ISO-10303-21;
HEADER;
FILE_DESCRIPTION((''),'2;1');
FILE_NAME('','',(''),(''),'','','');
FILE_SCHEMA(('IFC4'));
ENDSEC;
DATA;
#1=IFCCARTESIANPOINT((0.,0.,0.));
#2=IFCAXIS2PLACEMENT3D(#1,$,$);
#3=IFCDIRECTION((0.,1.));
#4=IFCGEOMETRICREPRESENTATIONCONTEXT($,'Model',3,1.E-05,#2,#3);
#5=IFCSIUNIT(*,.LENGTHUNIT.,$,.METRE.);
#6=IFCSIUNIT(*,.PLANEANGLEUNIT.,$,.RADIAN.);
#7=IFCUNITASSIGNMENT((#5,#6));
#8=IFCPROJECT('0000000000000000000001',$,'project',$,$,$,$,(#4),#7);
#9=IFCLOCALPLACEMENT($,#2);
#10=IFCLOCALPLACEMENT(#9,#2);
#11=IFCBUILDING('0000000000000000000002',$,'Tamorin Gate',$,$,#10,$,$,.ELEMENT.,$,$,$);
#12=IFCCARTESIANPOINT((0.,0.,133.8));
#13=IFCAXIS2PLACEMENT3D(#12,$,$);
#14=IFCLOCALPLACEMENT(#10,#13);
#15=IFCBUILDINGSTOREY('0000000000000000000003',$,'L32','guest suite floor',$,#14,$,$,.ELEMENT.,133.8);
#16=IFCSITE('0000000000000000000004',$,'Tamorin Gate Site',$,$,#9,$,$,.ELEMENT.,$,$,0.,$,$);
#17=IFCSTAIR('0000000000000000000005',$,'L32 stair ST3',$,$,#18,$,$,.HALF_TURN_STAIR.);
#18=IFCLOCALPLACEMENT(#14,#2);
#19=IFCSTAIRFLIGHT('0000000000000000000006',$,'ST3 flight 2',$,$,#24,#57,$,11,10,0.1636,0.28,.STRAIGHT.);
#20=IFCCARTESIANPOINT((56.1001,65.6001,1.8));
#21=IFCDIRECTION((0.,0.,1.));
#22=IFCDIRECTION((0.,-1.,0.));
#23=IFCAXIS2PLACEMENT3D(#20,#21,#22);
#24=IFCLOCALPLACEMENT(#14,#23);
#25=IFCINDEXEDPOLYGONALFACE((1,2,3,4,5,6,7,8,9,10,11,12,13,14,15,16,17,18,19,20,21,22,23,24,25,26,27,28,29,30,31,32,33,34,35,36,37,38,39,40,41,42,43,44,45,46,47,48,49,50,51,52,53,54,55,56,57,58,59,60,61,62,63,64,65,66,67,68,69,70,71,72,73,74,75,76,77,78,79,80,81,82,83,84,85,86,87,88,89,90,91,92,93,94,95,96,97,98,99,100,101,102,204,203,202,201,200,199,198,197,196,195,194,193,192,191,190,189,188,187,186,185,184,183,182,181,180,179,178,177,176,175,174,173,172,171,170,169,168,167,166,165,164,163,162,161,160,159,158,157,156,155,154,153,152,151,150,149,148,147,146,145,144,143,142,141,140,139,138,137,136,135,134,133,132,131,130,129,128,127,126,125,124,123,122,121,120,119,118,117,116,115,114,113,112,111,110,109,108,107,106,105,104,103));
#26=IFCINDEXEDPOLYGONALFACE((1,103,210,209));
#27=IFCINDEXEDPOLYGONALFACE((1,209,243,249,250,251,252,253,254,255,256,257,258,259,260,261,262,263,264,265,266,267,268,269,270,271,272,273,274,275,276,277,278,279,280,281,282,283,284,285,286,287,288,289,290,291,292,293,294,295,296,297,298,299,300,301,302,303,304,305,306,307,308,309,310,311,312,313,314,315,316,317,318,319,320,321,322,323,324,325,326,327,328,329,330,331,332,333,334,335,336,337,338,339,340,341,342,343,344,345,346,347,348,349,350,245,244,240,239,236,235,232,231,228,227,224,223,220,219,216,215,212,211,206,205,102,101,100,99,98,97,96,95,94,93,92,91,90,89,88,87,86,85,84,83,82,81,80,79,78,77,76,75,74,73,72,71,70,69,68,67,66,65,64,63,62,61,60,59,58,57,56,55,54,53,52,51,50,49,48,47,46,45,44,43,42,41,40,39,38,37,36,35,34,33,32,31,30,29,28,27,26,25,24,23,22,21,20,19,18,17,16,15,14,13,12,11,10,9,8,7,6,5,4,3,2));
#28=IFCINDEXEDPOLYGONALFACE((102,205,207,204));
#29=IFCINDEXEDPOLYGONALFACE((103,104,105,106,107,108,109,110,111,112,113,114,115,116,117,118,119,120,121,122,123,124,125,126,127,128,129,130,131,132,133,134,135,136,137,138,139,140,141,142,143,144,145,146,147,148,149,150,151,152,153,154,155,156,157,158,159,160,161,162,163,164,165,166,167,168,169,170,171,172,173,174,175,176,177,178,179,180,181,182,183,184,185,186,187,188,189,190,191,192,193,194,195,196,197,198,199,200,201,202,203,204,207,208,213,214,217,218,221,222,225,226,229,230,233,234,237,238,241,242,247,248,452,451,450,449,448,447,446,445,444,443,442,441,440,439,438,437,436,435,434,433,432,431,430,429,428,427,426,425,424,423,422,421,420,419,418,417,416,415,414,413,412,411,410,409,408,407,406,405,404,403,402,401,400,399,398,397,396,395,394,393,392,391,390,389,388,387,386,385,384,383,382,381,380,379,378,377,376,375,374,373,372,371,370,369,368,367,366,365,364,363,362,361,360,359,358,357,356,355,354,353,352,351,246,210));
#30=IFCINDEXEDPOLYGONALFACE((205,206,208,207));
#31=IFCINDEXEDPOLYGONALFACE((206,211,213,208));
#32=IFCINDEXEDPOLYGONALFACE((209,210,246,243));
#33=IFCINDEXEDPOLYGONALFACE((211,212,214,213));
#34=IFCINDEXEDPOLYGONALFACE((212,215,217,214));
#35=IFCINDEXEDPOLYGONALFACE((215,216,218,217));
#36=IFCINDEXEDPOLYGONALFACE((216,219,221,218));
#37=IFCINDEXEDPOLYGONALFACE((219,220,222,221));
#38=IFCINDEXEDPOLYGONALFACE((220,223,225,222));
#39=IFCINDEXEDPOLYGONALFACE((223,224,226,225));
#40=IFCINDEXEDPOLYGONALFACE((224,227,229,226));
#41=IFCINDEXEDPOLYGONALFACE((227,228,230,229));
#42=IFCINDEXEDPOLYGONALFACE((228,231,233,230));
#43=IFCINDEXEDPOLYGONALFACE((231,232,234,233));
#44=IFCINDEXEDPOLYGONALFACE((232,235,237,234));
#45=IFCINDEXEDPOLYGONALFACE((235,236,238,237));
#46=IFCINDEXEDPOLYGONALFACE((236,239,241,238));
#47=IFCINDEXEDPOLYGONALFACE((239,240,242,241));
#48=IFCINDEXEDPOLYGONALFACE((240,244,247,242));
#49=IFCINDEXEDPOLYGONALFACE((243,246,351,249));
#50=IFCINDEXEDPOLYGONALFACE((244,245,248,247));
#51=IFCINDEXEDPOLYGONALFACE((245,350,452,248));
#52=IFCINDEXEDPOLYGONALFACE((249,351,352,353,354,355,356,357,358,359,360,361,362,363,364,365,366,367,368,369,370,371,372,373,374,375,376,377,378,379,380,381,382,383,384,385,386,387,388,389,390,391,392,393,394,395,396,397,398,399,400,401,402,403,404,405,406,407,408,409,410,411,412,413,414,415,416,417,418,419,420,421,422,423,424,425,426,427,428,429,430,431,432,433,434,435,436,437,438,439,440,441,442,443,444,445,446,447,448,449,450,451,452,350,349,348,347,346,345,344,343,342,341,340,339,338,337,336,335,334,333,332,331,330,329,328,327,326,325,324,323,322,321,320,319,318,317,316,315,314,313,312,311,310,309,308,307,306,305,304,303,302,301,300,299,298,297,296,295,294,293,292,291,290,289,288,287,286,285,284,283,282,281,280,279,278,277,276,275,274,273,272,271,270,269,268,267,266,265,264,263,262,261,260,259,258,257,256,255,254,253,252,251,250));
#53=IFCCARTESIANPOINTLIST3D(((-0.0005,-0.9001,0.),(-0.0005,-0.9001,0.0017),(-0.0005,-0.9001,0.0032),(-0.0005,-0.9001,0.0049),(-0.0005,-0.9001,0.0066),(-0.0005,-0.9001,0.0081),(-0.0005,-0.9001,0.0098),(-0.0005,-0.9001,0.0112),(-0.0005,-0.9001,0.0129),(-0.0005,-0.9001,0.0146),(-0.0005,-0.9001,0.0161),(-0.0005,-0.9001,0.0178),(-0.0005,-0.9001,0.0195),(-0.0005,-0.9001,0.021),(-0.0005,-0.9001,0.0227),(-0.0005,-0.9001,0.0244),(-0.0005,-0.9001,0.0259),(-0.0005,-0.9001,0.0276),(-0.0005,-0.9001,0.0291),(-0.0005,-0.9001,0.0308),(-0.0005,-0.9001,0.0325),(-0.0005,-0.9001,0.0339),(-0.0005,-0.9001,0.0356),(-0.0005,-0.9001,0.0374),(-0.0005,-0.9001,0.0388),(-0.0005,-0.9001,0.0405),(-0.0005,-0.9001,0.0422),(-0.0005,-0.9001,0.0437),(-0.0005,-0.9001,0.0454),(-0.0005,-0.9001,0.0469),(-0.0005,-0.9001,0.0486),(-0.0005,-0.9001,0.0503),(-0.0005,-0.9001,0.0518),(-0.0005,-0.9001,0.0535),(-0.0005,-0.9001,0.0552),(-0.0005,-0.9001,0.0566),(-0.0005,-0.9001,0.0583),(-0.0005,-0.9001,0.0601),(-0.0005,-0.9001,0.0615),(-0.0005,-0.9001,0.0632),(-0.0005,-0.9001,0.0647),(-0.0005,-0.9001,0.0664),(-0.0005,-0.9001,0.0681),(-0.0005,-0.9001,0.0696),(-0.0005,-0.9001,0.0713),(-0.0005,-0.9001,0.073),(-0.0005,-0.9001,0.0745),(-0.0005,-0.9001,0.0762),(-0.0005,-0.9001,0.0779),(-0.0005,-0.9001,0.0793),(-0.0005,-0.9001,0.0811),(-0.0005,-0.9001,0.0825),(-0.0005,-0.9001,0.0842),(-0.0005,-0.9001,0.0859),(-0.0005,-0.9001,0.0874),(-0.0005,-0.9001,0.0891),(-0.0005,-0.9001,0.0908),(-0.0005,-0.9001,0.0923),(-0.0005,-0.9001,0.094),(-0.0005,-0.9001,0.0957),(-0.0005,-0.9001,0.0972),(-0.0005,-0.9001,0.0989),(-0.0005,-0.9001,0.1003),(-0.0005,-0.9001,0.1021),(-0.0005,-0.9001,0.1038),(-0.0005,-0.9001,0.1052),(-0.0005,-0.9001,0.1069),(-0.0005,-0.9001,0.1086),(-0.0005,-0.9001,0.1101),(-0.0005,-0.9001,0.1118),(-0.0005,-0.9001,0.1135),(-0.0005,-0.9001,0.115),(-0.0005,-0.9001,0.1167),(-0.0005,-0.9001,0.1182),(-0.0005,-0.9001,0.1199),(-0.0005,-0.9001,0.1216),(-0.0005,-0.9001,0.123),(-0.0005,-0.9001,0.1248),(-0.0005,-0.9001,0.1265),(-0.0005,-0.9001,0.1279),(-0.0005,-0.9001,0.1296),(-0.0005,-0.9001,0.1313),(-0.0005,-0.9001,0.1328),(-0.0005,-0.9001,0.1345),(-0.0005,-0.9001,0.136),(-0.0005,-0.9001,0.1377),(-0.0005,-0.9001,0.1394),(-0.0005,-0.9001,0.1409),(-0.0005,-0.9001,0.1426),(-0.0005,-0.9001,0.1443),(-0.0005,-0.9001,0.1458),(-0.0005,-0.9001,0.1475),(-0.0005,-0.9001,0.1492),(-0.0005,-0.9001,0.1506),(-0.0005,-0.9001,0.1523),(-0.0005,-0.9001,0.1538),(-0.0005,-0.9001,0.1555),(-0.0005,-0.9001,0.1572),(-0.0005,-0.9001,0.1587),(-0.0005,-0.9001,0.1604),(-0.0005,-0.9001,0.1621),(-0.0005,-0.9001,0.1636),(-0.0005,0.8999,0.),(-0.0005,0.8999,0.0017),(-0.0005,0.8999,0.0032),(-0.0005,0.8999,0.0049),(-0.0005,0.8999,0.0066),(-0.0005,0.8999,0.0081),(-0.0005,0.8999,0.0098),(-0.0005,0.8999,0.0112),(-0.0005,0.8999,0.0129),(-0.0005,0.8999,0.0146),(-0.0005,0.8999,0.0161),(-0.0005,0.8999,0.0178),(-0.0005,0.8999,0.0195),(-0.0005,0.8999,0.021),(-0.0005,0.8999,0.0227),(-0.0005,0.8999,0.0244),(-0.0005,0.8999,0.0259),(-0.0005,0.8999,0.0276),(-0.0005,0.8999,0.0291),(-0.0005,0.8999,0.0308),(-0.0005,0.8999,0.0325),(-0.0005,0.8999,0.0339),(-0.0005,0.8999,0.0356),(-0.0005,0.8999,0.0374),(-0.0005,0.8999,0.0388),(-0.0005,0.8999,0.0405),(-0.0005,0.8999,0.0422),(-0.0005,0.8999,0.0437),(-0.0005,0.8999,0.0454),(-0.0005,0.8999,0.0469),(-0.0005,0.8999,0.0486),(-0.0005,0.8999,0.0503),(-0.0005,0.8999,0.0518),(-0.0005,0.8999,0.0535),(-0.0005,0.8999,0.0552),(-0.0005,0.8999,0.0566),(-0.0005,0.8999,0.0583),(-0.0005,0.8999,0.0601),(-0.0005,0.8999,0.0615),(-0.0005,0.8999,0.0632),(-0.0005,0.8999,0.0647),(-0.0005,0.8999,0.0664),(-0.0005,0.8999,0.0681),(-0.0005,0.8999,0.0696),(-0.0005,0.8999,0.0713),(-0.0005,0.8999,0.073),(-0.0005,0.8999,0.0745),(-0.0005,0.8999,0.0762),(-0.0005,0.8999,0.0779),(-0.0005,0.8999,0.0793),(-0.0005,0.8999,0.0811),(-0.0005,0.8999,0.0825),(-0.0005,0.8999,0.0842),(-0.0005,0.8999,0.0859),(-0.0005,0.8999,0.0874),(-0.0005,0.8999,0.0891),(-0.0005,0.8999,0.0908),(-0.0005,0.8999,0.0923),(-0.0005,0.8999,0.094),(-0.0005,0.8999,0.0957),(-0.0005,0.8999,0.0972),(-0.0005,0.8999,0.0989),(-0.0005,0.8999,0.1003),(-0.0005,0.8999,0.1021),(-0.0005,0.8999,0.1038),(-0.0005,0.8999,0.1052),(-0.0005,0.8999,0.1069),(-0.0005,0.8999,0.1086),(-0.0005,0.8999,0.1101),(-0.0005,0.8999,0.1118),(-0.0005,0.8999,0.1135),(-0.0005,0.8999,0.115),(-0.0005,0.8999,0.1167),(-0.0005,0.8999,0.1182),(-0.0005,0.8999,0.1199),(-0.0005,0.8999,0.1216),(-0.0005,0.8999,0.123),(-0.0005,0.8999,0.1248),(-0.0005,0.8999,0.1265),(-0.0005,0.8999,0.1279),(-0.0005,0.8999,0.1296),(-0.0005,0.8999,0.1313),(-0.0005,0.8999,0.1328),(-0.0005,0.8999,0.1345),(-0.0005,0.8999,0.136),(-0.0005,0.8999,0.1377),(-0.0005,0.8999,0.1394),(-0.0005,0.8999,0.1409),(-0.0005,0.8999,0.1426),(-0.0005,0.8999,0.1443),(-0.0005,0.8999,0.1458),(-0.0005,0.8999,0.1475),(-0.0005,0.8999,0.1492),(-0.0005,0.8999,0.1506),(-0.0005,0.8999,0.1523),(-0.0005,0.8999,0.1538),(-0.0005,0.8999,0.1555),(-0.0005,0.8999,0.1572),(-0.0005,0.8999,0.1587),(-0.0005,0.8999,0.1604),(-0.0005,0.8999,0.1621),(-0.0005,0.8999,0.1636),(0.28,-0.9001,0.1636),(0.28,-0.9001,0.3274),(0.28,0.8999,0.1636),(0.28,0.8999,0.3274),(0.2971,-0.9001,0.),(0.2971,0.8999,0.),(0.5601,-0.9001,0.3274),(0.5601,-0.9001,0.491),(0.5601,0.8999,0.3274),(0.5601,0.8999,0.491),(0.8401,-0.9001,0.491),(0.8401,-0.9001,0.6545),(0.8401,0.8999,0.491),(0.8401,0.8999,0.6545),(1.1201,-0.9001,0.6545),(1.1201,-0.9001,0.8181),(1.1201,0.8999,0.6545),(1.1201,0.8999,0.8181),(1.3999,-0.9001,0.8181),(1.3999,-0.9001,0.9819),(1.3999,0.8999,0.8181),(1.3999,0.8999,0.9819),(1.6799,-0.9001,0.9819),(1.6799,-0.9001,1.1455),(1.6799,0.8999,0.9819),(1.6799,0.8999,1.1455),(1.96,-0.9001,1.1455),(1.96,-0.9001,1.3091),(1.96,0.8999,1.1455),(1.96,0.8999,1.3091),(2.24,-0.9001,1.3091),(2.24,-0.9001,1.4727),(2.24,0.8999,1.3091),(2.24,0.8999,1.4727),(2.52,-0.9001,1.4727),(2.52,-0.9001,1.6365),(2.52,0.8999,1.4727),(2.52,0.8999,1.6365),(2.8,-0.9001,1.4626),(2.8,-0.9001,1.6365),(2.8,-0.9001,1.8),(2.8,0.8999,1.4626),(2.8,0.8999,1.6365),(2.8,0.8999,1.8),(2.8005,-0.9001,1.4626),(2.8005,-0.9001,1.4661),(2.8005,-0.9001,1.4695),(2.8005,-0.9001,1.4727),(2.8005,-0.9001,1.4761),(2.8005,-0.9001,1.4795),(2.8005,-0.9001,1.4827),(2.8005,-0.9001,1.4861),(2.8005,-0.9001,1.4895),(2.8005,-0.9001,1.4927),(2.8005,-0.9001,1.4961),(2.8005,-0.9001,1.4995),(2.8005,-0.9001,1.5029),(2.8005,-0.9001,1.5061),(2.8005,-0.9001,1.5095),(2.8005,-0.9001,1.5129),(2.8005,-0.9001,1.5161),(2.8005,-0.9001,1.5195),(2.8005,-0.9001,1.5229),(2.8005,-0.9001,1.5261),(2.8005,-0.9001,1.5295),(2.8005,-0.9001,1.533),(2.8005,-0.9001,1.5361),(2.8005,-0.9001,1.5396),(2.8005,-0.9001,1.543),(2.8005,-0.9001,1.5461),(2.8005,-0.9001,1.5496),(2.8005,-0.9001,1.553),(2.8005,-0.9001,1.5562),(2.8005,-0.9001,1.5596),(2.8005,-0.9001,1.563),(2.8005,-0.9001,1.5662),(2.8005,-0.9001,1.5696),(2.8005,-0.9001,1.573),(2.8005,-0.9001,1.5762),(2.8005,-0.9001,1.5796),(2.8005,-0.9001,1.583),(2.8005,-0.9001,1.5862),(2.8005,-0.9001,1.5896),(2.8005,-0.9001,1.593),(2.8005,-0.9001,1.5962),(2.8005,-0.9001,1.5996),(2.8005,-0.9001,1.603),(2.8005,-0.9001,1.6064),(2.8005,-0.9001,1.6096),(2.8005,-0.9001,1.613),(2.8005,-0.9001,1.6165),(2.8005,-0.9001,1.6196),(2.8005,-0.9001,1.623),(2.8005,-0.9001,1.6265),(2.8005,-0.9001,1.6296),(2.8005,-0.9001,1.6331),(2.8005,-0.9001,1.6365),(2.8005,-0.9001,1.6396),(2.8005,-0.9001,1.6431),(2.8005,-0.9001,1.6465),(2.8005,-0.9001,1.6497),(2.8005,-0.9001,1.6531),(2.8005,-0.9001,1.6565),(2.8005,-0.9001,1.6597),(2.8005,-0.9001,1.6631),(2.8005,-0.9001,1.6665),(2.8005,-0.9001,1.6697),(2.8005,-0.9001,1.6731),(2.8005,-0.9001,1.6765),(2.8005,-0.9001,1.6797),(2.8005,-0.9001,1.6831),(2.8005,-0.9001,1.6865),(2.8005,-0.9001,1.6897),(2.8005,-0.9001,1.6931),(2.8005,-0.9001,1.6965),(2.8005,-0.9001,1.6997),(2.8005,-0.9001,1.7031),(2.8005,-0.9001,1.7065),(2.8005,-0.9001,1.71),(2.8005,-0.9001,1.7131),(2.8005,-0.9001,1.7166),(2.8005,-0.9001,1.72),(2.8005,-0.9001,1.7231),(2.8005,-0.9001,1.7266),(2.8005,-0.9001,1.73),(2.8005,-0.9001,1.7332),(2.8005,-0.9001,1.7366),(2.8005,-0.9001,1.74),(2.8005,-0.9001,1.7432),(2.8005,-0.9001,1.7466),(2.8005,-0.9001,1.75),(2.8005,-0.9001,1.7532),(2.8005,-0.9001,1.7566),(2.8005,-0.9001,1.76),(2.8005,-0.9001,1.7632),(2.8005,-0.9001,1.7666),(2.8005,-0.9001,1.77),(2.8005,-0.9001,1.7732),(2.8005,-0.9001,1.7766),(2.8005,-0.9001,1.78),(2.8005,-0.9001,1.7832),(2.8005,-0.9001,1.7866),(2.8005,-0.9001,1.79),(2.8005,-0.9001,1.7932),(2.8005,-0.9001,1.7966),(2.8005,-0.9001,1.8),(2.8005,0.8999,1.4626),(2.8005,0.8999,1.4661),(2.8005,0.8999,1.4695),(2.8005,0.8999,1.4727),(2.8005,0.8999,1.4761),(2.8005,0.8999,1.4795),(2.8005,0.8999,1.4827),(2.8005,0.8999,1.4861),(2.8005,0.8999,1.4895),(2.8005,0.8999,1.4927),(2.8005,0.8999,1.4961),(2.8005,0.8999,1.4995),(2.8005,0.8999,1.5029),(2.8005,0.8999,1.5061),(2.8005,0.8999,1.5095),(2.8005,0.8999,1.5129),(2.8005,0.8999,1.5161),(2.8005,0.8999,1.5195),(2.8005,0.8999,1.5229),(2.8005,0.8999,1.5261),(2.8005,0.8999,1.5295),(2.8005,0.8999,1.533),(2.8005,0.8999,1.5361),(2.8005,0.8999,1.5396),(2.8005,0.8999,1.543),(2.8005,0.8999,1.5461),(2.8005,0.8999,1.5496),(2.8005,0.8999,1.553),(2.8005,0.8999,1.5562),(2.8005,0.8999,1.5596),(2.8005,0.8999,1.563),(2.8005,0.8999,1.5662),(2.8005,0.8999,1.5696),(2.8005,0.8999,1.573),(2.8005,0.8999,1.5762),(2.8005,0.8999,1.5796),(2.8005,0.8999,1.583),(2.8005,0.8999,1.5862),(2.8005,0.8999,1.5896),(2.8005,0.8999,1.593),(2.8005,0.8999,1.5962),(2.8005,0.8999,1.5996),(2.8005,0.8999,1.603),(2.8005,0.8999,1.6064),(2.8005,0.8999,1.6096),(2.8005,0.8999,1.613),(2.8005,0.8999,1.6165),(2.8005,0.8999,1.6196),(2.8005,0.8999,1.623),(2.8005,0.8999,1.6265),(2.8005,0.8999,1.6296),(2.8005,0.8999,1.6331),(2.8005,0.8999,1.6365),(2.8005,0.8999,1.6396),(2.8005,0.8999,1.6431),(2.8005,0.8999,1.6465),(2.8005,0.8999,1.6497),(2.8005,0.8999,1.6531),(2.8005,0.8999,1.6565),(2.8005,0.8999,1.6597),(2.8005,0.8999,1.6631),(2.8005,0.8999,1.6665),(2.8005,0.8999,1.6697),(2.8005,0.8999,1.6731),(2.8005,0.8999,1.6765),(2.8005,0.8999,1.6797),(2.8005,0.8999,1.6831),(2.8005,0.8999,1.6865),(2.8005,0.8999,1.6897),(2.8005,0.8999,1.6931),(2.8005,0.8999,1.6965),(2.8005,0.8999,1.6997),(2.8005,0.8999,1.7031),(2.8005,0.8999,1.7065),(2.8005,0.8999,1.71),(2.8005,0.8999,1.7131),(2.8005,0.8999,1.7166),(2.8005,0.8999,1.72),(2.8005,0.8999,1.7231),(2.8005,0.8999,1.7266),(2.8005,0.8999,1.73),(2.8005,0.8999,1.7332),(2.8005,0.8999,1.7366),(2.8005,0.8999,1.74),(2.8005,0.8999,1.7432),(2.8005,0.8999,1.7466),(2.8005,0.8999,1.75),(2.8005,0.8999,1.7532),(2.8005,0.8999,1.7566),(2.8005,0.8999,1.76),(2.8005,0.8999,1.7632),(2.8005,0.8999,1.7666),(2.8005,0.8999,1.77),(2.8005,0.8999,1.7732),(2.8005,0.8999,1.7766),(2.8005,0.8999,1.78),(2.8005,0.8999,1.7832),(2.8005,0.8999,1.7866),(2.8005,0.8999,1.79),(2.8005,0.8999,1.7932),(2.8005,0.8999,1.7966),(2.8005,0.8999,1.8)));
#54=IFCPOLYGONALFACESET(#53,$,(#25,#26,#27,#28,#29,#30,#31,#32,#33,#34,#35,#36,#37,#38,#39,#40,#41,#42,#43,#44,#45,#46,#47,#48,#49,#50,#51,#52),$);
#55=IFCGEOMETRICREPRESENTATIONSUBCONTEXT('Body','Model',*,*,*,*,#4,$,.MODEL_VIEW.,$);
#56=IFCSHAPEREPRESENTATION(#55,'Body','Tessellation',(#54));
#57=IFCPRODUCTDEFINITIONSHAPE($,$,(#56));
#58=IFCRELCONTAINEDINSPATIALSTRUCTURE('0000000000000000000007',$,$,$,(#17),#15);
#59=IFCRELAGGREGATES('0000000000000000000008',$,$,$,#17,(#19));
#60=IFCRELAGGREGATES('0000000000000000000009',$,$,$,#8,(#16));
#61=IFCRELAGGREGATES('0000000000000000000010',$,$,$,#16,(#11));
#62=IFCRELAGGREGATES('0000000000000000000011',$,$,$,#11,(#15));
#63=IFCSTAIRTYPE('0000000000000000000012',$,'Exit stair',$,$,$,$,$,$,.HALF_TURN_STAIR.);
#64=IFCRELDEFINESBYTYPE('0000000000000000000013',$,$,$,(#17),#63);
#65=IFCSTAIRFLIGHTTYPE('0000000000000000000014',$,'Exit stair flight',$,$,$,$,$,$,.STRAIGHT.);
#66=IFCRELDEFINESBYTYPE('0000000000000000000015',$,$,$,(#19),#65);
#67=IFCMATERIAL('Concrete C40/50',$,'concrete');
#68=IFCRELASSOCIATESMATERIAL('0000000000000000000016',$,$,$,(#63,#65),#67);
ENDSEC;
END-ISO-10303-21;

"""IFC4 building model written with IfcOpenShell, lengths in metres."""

from ifc_helpers import new_model, si_unit, direction, frame, origin, place, context, subcontext, project, spatial, polyline, outline, extrude, material, type_object, element, aggregate, save


model = new_model("IFC4")

# Units and contexts
model_context = context("Model", 3, precision=1e-05, world=origin(), true_north=direction((0.0, 1.0)))
body_context = subcontext(model_context, "Body", "Model", "MODEL_VIEW")
ifc_project = project(units=[si_unit("LENGTHUNIT", "METRE"), si_unit("PLANEANGLEUNIT", "RADIAN")], contexts=[model_context])

# Site, building, storey
site_placement = place(None, origin())
site = spatial("IfcSite", under=ifc_project, at=site_placement, Name="Tamorin Gate Site", CompositionType="ELEMENT", RefElevation=0.0)
building_placement = place(site_placement, origin())
building = spatial("IfcBuilding", under=site, at=building_placement, Name="Tamorin Gate", CompositionType="ELEMENT")
storey_placement = place(building_placement, frame((0.0, 0.0, 133.8)))
storey = spatial("IfcBuildingStorey", under=building, at=storey_placement, Name="L32", Description="guest suite floor", CompositionType="ELEMENT", Elevation=133.8)

# Shared definitions
ifc_material_1 = material(Name="Concrete C40/50", Category="concrete")

# Stair, stair flight
stair_type = type_object("IfcStairType", Name="Exit stair", PredefinedType="HALF_TURN_STAIR", material=ifc_material_1)
stair_placement = place(storey_placement, origin())
stair = element("IfcStair", 1, at=stair_placement, inside=storey, type_object=stair_type, Name="L32 stair ST3", PredefinedType="HALF_TURN_STAIR")
stair_flight_type = type_object("IfcStairFlightType", Name="Exit stair flight", PredefinedType="STRAIGHT", material=ifc_material_1)
stair_flight_placement = place(storey_placement, frame((56.1001, 65.6001, 1.8), z_axis=(0.0, 0.0, 1.0), x_axis=(0.0, -1.0, 0.0)))
stair_flight = element("IfcStairFlight", 2, at=stair_flight_placement, type_object=stair_flight_type, Name="ST3 flight 2", NumberOfRisers=11, NumberOfTreads=10, PredefinedType="STRAIGHT", RiserHeight=0.1636, TreadLength=0.28, context=body_context, shape_type="SweptSolid", body=[
    extrude(outline(polyline([(-0.0005, 0.0), (-0.0005, 0.0017), (-0.0005, 0.0032), (-0.0005, 0.0049), (-0.0005, 0.0066), (-0.0005, 0.0081), (-0.0005, 0.0098), (-0.0005, 0.0112), (-0.0005, 0.0129), (-0.0005, 0.0146), (-0.0005, 0.0161), (-0.0005, 0.0178), (-0.0005, 0.0195), (-0.0005, 0.021), (-0.0005, 0.0227), (-0.0005, 0.0244), (-0.0005, 0.0259), (-0.0005, 0.0276), (-0.0005, 0.0291), (-0.0005, 0.0308), (-0.0005, 0.0325), (-0.0005, 0.0339), (-0.0005, 0.0356), (-0.0005, 0.0374), (-0.0005, 0.0388), (-0.0005, 0.0405), (-0.0005, 0.0422), (-0.0005, 0.0437), (-0.0005, 0.0454), (-0.0005, 0.0469), (-0.0005, 0.0486), (-0.0005, 0.0503), (-0.0005, 0.0518), (-0.0005, 0.0535), (-0.0005, 0.0552), (-0.0005, 0.0566), (-0.0005, 0.0583), (-0.0005, 0.0601), (-0.0005, 0.0615), (-0.0005, 0.0632), (-0.0005, 0.0647), (-0.0005, 0.0664), (-0.0005, 0.0681), (-0.0005, 0.0696), (-0.0005, 0.0713), (-0.0005, 0.073), (-0.0005, 0.0745), (-0.0005, 0.0762), (-0.0005, 0.0779), (-0.0005, 0.0793), (-0.0005, 0.0811), (-0.0005, 0.0825), (-0.0005, 0.0842), (-0.0005, 0.0859), (-0.0005, 0.0874), (-0.0005, 0.0891), (-0.0005, 0.0908), (-0.0005, 0.0923), (-0.0005, 0.094), (-0.0005, 0.0957), (-0.0005, 0.0972), (-0.0005, 0.0989), (-0.0005, 0.1003), (-0.0005, 0.1021), (-0.0005, 0.1038), (-0.0005, 0.1052), (-0.0005, 0.1069), (-0.0005, 0.1086), (-0.0005, 0.1101), (-0.0005, 0.1118), (-0.0005, 0.1135), (-0.0005, 0.115), (-0.0005, 0.1167), (-0.0005, 0.1182), (-0.0005, 0.1199), (-0.0005, 0.1216), (-0.0005, 0.123), (-0.0005, 0.1248), (-0.0005, 0.1265), (-0.0005, 0.1279), (-0.0005, 0.1296), (-0.0005, 0.1313), (-0.0005, 0.1328), (-0.0005, 0.1345), (-0.0005, 0.136), (-0.0005, 0.1377), (-0.0005, 0.1394), (-0.0005, 0.1409), (-0.0005, 0.1426), (-0.0005, 0.1443), (-0.0005, 0.1458), (-0.0005, 0.1475), (-0.0005, 0.1492), (-0.0005, 0.1506), (-0.0005, 0.1523), (-0.0005, 0.1538), (-0.0005, 0.1555), (-0.0005, 0.1572), (-0.0005, 0.1587), (-0.0005, 0.1604), (-0.0005, 0.1621), (-0.0005, 0.1636), (0.28, 0.1636), (0.28, 0.3274), (0.5601, 0.3274), (0.5601, 0.491), (0.8401, 0.491), (0.8401, 0.6545), (1.1201, 0.6545), (1.1201, 0.8181), (1.3999, 0.8181), (1.3999, 0.9819), (1.6799, 0.9819), (1.6799, 1.1455), (1.96, 1.1455), (1.96, 1.3091), (2.24, 1.3091), (2.24, 1.4727), (2.52, 1.4727), (2.52, 1.6365), (2.8, 1.6365), (2.8, 1.8), (2.8005, 1.8), (2.8005, 1.7966), (2.8005, 1.7932), (2.8005, 1.79), (2.8005, 1.7866), (2.8005, 1.7832), (2.8005, 1.78), (2.8005, 1.7766), (2.8005, 1.7732), (2.8005, 1.77), (2.8005, 1.7666), (2.8005, 1.7632), (2.8005, 1.76), (2.8005, 1.7566), (2.8005, 1.7532), (2.8005, 1.75), (2.8005, 1.7466), (2.8005, 1.7432), (2.8005, 1.74), (2.8005, 1.7366), (2.8005, 1.7332), (2.8005, 1.73), (2.8005, 1.7266), (2.8005, 1.7231), (2.8005, 1.72), (2.8005, 1.7166), (2.8005, 1.7131), (2.8005, 1.71), (2.8005, 1.7065), (2.8005, 1.7031), (2.8005, 1.6997), (2.8005, 1.6965), (2.8005, 1.6931), (2.8005, 1.6897), (2.8005, 1.6865), (2.8005, 1.6831), (2.8005, 1.6797), (2.8005, 1.6765), (2.8005, 1.6731), (2.8005, 1.6697), (2.8005, 1.6665), (2.8005, 1.6631), (2.8005, 1.6597), (2.8005, 1.6565), (2.8005, 1.6531), (2.8005, 1.6497), (2.8005, 1.6465), (2.8005, 1.6431), (2.8005, 1.6396), (2.8005, 1.6365), (2.8005, 1.6331), (2.8005, 1.6296), (2.8005, 1.6265), (2.8005, 1.623), (2.8005, 1.6196), (2.8005, 1.6165), (2.8005, 1.613), (2.8005, 1.6096), (2.8005, 1.6064), (2.8005, 1.603), (2.8005, 1.5996), (2.8005, 1.5962), (2.8005, 1.593), (2.8005, 1.5896), (2.8005, 1.5862), (2.8005, 1.583), (2.8005, 1.5796), (2.8005, 1.5762), (2.8005, 1.573), (2.8005, 1.5696), (2.8005, 1.5662), (2.8005, 1.563), (2.8005, 1.5596), (2.8005, 1.5562), (2.8005, 1.553), (2.8005, 1.5496), (2.8005, 1.5461), (2.8005, 1.543), (2.8005, 1.5396), (2.8005, 1.5361), (2.8005, 1.533), (2.8005, 1.5295), (2.8005, 1.5261), (2.8005, 1.5229), (2.8005, 1.5195), (2.8005, 1.5161), (2.8005, 1.5129), (2.8005, 1.5095), (2.8005, 1.5061), (2.8005, 1.5029), (2.8005, 1.4995), (2.8005, 1.4961), (2.8005, 1.4927), (2.8005, 1.4895), (2.8005, 1.4861), (2.8005, 1.4827), (2.8005, 1.4795), (2.8005, 1.4761), (2.8005, 1.4727), (2.8005, 1.4695), (2.8005, 1.4661), (2.8005, 1.4626), (2.8, 1.4626), (0.2971, 0.0), (-0.0005, 0.0)])), frame((0.0, 0.8999, 0.0), z_axis=(0.0, -1.0, 0.0), x_axis=(1.0, 0.0, 0.0)), (0.0, 0.0, 1.0), 1.8),
])
aggregate(stair, [stair_flight])

save(model, "model.ifc")
